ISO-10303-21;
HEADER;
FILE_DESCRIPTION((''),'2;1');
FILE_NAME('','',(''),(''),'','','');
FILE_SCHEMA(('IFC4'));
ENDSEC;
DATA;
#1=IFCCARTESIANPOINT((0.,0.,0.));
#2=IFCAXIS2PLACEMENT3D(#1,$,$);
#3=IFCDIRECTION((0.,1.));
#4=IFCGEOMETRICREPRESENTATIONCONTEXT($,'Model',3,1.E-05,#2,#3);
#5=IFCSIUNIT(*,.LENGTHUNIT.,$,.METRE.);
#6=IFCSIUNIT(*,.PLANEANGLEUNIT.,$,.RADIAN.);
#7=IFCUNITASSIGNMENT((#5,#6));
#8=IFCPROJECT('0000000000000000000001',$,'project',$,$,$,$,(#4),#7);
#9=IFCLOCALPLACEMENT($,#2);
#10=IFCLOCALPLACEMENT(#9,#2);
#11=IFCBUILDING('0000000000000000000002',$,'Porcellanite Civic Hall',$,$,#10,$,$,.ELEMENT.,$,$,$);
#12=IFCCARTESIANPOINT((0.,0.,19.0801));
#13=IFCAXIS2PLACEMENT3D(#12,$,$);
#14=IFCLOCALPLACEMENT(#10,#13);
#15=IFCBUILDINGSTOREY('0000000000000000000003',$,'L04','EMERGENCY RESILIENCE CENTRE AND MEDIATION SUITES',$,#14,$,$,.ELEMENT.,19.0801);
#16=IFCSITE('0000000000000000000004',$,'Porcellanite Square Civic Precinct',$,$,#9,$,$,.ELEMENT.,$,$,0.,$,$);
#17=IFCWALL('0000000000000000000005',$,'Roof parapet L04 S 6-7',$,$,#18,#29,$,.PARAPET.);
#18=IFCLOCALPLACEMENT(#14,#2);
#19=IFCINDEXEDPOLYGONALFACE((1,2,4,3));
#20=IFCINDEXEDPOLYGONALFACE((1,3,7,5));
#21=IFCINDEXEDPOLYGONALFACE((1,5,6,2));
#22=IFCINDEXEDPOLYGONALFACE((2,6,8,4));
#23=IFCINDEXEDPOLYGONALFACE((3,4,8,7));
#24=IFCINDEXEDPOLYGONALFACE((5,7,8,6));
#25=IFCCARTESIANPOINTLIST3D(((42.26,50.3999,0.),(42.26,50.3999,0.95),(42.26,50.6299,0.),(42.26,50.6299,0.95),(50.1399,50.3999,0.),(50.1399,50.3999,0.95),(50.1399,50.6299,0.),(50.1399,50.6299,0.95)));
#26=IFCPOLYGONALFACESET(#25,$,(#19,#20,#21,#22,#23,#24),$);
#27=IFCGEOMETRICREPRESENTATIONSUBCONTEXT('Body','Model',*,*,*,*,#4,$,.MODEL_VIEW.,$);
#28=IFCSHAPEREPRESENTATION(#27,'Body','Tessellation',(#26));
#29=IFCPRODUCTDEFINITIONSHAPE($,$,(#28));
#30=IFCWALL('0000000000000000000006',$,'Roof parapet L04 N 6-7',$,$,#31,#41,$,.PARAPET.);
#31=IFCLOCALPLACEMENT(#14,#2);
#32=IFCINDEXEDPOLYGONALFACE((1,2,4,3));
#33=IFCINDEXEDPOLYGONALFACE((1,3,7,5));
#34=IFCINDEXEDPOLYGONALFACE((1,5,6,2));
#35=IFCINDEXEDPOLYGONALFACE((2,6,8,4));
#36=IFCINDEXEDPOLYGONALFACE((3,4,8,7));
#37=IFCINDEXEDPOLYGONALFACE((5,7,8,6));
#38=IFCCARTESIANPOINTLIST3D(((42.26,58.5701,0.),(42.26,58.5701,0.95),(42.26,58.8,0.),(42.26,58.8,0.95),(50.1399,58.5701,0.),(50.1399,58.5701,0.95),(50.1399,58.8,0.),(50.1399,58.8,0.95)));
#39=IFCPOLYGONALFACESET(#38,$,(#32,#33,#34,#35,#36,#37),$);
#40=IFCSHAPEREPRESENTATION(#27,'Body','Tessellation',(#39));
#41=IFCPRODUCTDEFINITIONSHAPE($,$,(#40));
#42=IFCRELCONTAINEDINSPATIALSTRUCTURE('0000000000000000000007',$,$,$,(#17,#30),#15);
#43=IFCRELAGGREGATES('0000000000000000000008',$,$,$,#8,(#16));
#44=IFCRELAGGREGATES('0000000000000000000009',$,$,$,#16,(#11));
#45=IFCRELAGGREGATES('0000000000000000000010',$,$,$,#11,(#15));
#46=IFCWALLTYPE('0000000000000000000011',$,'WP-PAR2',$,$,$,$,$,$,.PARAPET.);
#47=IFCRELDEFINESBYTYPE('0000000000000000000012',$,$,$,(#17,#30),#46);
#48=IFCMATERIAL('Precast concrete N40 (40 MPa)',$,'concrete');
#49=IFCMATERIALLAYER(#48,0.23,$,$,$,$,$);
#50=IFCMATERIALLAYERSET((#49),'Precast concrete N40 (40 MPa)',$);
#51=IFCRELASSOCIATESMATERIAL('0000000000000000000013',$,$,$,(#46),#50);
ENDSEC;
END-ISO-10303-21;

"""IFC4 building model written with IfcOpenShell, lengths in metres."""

from ifc_helpers import new_model, si_unit, direction, frame, frame_2d, origin, place, context, subcontext, project, spatial, rectangle, extrude, material, layer, layer_set, type_object, element, save


model = new_model("IFC4")

# Units and contexts
model_context = context("Model", 3, precision=1e-05, world=origin(), true_north=direction((0.0, 1.0)))
body_context = subcontext(model_context, "Body", "Model", "MODEL_VIEW")
ifc_project = project(units=[si_unit("LENGTHUNIT", "METRE"), si_unit("PLANEANGLEUNIT", "RADIAN")], contexts=[model_context])

# Site, building, storey
site_placement = place(None, origin())
site = spatial("IfcSite", under=ifc_project, at=site_placement, Name="Porcellanite Square Civic Precinct", CompositionType="ELEMENT", RefElevation=0.0)
building_placement = place(site_placement, origin())
building = spatial("IfcBuilding", under=site, at=building_placement, Name="Porcellanite Civic Hall", CompositionType="ELEMENT")
storey_placement = place(building_placement, frame((0.0, 0.0, 19.0801)))
storey = spatial("IfcBuildingStorey", under=building, at=storey_placement, Name="L04", Description="EMERGENCY RESILIENCE CENTRE AND MEDIATION SUITES", CompositionType="ELEMENT", Elevation=19.0801)

# Walls
ifc_material_1 = material(Name="Precast concrete N40 (40 MPa)", Category="concrete")
ifc_layer_1 = layer(ifc_material_1, 0.23)
ifc_layer_set_1 = layer_set([ifc_layer_1], Name="Precast concrete N40 (40 MPa)")
wall_type_1 = type_object("IfcWallType", Name="WP-PAR2", PredefinedType="PARAPET", material=ifc_layer_set_1)
for number, where, z_axis, x_axis, name in (
    (1, (50.1399, 50.5149, 0.0), (0.0, 0.0, 1.0), (-1.0, 0.0, 0.0), "Roof parapet L04 S 6-7"),
    (2, (42.26, 58.6851, 0.0), (0.0, 0.0, 1.0), (1.0, 0.0, 0.0), "Roof parapet L04 N 6-7"),
):
    element("IfcWall", number, at=place(storey_placement, frame(where, z_axis=z_axis, x_axis=x_axis)), inside=storey, type_object=wall_type_1, Name=name, PredefinedType="PARAPET", context=body_context, shape_type="SweptSolid", body=[
        extrude(rectangle(XDim=7.8799, YDim=0.23, at=frame_2d((3.9399, 0.0))), origin(), (0.0, 0.0, 1.0), 0.95),
    ])

save(model, "model.ifc")
